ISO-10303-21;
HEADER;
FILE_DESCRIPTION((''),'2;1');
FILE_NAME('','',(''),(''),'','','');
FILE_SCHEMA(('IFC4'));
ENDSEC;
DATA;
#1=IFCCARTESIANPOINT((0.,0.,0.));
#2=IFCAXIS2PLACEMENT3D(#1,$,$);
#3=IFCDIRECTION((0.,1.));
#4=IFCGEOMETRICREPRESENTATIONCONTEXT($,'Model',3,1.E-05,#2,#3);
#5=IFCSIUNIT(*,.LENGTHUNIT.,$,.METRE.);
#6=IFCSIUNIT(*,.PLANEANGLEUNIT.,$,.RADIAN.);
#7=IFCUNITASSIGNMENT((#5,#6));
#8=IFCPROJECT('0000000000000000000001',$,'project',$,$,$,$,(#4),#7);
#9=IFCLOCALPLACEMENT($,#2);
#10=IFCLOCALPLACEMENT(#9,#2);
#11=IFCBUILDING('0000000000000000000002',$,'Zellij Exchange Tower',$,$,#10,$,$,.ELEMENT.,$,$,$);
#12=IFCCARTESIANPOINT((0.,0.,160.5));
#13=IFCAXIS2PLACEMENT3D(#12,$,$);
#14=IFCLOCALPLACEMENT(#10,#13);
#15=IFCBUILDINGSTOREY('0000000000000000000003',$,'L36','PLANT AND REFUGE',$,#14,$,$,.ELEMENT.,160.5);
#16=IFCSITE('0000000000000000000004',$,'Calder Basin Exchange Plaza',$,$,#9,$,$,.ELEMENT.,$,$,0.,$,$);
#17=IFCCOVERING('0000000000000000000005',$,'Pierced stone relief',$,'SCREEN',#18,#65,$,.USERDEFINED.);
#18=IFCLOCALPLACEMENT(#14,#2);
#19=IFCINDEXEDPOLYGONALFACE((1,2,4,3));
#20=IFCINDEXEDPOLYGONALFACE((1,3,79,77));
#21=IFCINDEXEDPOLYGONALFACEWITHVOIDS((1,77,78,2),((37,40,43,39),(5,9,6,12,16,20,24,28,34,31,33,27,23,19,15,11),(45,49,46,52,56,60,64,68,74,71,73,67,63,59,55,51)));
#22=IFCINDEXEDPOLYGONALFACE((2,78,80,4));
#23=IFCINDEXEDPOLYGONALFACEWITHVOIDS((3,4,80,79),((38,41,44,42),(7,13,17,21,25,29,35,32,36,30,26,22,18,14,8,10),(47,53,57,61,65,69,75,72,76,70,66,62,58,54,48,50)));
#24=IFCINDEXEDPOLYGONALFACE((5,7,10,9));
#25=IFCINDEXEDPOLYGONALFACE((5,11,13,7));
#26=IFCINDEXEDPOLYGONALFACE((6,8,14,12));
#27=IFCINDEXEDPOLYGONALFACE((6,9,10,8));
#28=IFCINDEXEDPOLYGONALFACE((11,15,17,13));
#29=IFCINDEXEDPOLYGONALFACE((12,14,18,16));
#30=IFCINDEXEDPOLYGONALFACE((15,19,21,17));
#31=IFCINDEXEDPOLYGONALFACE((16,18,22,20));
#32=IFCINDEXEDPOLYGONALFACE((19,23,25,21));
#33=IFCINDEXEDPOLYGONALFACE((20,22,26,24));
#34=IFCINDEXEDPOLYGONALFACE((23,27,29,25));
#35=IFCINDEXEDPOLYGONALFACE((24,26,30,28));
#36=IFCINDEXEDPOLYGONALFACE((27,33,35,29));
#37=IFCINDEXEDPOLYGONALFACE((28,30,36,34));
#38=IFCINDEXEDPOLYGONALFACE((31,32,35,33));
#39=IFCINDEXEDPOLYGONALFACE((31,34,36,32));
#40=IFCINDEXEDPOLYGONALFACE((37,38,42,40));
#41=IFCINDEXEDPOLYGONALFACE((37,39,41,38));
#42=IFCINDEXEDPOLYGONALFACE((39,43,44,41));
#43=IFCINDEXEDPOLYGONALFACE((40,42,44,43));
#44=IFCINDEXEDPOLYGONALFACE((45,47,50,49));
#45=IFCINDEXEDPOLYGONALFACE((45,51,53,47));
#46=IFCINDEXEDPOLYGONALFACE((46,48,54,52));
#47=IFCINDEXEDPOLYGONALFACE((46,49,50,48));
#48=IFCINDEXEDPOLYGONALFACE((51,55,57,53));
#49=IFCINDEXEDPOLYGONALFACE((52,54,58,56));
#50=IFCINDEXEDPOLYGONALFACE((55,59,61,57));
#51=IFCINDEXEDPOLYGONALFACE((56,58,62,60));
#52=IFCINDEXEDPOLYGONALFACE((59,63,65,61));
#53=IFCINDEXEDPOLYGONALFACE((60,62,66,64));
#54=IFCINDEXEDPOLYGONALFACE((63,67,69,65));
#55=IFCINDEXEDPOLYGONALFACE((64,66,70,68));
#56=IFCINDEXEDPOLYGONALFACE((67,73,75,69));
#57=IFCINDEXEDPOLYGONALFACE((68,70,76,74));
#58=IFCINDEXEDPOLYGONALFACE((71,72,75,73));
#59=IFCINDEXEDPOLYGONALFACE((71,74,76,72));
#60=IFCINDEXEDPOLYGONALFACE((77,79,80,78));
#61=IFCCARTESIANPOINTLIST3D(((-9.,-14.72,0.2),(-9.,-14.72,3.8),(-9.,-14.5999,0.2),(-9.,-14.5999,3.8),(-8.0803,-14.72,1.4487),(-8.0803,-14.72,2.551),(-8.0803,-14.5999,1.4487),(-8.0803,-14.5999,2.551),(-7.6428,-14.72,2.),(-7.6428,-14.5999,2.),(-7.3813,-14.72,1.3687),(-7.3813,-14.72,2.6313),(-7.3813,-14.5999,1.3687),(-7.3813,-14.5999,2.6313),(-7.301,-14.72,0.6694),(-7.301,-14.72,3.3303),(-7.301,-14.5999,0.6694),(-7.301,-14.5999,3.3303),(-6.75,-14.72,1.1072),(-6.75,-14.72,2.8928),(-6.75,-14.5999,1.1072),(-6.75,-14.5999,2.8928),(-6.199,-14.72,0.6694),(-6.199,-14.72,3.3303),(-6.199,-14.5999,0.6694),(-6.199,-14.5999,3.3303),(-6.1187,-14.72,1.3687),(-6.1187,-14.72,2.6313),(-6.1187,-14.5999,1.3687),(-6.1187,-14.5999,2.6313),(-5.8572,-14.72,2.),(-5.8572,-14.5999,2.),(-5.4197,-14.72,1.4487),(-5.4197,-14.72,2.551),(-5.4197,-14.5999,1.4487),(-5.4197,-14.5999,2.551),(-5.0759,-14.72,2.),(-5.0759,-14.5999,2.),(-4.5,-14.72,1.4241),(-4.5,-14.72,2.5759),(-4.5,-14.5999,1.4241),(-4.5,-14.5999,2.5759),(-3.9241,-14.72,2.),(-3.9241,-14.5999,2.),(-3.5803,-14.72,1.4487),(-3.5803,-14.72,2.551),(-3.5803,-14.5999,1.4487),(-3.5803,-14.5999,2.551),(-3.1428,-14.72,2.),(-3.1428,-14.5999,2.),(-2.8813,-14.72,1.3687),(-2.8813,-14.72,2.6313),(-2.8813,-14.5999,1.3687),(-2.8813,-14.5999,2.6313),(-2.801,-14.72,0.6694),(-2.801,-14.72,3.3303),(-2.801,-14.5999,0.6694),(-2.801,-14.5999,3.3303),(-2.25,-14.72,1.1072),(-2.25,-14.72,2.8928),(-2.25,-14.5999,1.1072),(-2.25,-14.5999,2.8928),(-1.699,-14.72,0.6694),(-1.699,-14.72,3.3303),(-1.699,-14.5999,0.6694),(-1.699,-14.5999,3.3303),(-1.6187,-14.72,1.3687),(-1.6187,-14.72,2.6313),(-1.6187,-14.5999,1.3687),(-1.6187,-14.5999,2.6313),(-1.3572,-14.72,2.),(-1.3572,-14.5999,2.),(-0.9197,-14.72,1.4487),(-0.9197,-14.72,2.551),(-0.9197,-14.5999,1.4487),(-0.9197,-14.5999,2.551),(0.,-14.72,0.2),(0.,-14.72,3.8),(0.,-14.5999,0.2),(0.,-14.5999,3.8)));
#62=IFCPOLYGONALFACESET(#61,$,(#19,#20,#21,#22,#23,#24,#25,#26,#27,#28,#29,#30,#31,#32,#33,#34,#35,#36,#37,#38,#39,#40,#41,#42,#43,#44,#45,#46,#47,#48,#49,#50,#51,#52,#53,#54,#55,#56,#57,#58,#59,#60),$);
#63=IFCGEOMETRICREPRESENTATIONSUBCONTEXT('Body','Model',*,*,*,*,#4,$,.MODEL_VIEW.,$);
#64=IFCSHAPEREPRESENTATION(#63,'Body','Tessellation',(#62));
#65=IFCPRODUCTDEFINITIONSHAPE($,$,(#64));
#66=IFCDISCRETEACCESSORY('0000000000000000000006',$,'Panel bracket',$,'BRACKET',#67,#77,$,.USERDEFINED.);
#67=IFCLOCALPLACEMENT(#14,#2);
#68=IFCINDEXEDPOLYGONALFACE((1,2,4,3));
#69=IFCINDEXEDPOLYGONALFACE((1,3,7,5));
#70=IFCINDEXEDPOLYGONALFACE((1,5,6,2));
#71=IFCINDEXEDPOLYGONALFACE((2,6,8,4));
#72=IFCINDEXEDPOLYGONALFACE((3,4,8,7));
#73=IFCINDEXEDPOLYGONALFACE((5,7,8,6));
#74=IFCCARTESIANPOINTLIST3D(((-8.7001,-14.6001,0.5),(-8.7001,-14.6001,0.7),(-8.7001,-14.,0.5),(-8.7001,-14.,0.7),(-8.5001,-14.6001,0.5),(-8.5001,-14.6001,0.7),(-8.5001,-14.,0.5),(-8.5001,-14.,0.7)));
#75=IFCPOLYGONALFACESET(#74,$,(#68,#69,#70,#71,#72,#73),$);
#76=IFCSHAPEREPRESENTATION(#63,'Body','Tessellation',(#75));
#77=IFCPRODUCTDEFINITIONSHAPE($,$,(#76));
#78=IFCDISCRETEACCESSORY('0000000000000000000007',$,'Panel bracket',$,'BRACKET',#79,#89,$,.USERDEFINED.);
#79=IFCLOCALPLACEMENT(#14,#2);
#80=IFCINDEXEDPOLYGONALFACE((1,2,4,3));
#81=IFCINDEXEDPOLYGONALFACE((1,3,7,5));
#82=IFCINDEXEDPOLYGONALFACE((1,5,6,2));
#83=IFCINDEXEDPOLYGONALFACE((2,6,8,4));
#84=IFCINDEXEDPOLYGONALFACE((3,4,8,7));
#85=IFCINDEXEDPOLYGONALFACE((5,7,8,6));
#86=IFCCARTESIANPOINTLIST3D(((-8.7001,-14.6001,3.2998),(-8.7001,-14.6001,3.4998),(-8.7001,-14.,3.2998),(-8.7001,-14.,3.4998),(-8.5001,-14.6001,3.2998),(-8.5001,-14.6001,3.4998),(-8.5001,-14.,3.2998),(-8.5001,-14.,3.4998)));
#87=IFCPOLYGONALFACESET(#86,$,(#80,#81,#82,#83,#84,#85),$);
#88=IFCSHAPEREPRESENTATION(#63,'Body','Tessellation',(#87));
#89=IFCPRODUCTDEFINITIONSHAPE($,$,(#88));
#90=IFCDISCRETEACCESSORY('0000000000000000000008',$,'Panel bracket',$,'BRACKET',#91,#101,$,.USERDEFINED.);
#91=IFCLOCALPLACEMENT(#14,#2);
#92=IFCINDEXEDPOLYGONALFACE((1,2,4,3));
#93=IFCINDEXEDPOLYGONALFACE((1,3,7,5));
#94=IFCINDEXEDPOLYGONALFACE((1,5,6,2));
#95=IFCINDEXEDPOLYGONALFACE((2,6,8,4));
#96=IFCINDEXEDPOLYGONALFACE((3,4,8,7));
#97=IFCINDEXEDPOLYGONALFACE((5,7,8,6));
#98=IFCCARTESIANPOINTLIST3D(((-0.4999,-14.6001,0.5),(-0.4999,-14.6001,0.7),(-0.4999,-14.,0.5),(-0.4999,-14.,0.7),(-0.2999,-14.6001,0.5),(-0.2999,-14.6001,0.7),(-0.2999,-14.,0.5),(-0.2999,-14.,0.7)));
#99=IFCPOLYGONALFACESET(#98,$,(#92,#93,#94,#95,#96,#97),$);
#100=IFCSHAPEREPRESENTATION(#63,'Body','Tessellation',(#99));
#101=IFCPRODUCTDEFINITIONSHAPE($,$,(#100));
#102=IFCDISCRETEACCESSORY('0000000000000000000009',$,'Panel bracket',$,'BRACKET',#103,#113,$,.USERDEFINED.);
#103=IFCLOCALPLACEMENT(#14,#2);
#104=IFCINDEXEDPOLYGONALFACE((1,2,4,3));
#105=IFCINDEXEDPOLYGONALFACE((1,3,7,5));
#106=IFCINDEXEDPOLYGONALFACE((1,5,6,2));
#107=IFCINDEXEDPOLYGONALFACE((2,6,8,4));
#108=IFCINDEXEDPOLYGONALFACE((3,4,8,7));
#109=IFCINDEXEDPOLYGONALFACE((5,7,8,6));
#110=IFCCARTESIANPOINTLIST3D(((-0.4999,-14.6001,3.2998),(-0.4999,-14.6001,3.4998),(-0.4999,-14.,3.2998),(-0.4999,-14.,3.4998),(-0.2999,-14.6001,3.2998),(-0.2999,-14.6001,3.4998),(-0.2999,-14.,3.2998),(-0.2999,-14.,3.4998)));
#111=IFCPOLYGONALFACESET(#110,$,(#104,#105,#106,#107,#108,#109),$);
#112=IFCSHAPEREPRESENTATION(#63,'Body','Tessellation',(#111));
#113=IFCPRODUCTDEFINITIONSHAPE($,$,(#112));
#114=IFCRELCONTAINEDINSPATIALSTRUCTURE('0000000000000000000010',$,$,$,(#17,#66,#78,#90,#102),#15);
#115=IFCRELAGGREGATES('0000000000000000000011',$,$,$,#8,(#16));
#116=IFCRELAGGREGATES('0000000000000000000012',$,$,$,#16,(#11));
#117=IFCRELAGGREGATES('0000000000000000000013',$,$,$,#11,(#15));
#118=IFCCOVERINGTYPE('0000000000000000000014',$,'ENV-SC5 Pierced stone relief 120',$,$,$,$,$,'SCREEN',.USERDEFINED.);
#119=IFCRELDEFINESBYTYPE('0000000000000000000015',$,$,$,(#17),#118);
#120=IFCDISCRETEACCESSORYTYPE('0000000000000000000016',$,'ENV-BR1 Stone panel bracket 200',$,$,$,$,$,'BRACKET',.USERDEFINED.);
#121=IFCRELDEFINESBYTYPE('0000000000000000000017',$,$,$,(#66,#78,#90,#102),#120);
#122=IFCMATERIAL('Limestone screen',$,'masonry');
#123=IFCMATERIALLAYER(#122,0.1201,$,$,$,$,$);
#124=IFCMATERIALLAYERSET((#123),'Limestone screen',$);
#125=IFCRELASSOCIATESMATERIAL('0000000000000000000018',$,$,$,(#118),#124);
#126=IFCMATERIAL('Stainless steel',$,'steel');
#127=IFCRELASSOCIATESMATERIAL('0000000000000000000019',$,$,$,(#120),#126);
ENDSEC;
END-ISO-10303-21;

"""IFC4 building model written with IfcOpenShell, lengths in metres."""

from ifc_helpers import new_model, si_unit, direction, frame, origin, origin_2d, place, context, subcontext, project, spatial, polyline, rectangle, outline, extrude, material, layer, layer_set, type_object, element, save


model = new_model("IFC4")

# Units and contexts
model_context = context("Model", 3, precision=1e-05, world=origin(), true_north=direction((0.0, 1.0)))
body_context = subcontext(model_context, "Body", "Model", "MODEL_VIEW")
ifc_project = project(units=[si_unit("LENGTHUNIT", "METRE"), si_unit("PLANEANGLEUNIT", "RADIAN")], contexts=[model_context])

# Site, building, storey
site_placement = place(None, origin())
site = spatial("IfcSite", under=ifc_project, at=site_placement, Name="Calder Basin Exchange Plaza", CompositionType="ELEMENT", RefElevation=0.0)
building_placement = place(site_placement, origin())
building = spatial("IfcBuilding", under=site, at=building_placement, Name="Zellij Exchange Tower", CompositionType="ELEMENT")
storey_placement = place(building_placement, frame((0.0, 0.0, 160.5)))
storey = spatial("IfcBuildingStorey", under=building, at=storey_placement, Name="L36", Description="PLANT AND REFUGE", CompositionType="ELEMENT", Elevation=160.5)

# Shared definitions
ifc_material_1 = material(Name="Stainless steel", Category="steel")

# Covering
ifc_material_2 = material(Name="Limestone screen", Category="masonry")
ifc_layer_1 = layer(ifc_material_2, 0.1201)
ifc_layer_set_1 = layer_set([ifc_layer_1], Name="Limestone screen")
covering_type = type_object("IfcCoveringType", Name="ENV-SC5 Pierced stone relief 120", ElementType="SCREEN", PredefinedType="USERDEFINED", material=ifc_layer_set_1)
covering_placement = place(storey_placement, frame((-9.0, -14.6599, 0.2), z_axis=(0.0, 0.0, 1.0), x_axis=(1.0, 0.0, 0.0)))
element("IfcCovering", 1, at=covering_placement, inside=storey, type_object=covering_type, Name="Pierced stone relief", ObjectType="SCREEN", PredefinedType="USERDEFINED", context=body_context, shape_type="SweptSolid", body=[
    extrude(outline(polyline([(0.0, 0.0), (9.0, 0.0), (9.0, 3.6001), (0.0, 3.6001), (0.0, 0.0)]), holes=[polyline([(3.5803, 2.3511), (2.8813, 2.4314), (2.801, 3.1304), (2.25, 2.6929), (1.699, 3.1304), (1.6187, 2.4314), (0.9197, 2.3511), (1.3572, 1.8), (0.9197, 1.2488), (1.6187, 1.1687), (1.699, 0.4695), (2.25, 0.9072), (2.801, 0.4695), (2.8813, 1.1687), (3.5803, 1.2488), (3.1428, 1.8), (3.5803, 2.3511)]), polyline([(8.0803, 2.3511), (7.3813, 2.4314), (7.301, 3.1304), (6.75, 2.6929), (6.199, 3.1304), (6.1187, 2.4314), (5.4197, 2.3511), (5.8572, 1.8), (5.4197, 1.2488), (6.1187, 1.1687), (6.199, 0.4695), (6.75, 0.9072), (7.301, 0.4695), (7.3813, 1.1687), (8.0803, 1.2488), (7.6428, 1.8), (8.0803, 2.3511)]), polyline([(5.0759, 1.8), (4.5, 2.376), (3.9241, 1.8), (4.5, 1.2241), (5.0759, 1.8)])]), frame((0.0, 0.0601, 0.0), z_axis=(0.0, -1.0, 0.0), x_axis=(1.0, 0.0, 0.0)), (0.0, 0.0, 1.0), 0.1201),
])

# Discrete accessories
discrete_accessory_type = type_object("IfcDiscreteAccessoryType", Name="ENV-BR1 Stone panel bracket 200", ElementType="BRACKET", PredefinedType="USERDEFINED", material=ifc_material_1)
for number, where, z_axis, x_axis, name in (
    (2, (-8.6001, -14.3, 0.5), (0.0, 0.0, 1.0), (1.0, 0.0, 0.0), "Panel bracket"),
    (3, (-8.6001, -14.3, 3.2998), (0.0, 0.0, 1.0), (1.0, 0.0, 0.0), "Panel bracket"),
    (4, (-0.3999, -14.3, 0.5), (0.0, 0.0, 1.0), (1.0, 0.0, 0.0), "Panel bracket"),
    (5, (-0.3999, -14.3, 3.2998), (0.0, 0.0, 1.0), (1.0, 0.0, 0.0), "Panel bracket"),
):
    element("IfcDiscreteAccessory", number, at=place(storey_placement, frame(where, z_axis=z_axis, x_axis=x_axis)), inside=storey, type_object=discrete_accessory_type, Name=name, ObjectType="BRACKET", PredefinedType="USERDEFINED", context=body_context, shape_type="SweptSolid", body=[
        extrude(rectangle(XDim=0.2, YDim=0.6001, at=origin_2d()), origin(), (0.0, 0.0, 1.0), 0.2),
    ])

save(model, "model.ifc")
